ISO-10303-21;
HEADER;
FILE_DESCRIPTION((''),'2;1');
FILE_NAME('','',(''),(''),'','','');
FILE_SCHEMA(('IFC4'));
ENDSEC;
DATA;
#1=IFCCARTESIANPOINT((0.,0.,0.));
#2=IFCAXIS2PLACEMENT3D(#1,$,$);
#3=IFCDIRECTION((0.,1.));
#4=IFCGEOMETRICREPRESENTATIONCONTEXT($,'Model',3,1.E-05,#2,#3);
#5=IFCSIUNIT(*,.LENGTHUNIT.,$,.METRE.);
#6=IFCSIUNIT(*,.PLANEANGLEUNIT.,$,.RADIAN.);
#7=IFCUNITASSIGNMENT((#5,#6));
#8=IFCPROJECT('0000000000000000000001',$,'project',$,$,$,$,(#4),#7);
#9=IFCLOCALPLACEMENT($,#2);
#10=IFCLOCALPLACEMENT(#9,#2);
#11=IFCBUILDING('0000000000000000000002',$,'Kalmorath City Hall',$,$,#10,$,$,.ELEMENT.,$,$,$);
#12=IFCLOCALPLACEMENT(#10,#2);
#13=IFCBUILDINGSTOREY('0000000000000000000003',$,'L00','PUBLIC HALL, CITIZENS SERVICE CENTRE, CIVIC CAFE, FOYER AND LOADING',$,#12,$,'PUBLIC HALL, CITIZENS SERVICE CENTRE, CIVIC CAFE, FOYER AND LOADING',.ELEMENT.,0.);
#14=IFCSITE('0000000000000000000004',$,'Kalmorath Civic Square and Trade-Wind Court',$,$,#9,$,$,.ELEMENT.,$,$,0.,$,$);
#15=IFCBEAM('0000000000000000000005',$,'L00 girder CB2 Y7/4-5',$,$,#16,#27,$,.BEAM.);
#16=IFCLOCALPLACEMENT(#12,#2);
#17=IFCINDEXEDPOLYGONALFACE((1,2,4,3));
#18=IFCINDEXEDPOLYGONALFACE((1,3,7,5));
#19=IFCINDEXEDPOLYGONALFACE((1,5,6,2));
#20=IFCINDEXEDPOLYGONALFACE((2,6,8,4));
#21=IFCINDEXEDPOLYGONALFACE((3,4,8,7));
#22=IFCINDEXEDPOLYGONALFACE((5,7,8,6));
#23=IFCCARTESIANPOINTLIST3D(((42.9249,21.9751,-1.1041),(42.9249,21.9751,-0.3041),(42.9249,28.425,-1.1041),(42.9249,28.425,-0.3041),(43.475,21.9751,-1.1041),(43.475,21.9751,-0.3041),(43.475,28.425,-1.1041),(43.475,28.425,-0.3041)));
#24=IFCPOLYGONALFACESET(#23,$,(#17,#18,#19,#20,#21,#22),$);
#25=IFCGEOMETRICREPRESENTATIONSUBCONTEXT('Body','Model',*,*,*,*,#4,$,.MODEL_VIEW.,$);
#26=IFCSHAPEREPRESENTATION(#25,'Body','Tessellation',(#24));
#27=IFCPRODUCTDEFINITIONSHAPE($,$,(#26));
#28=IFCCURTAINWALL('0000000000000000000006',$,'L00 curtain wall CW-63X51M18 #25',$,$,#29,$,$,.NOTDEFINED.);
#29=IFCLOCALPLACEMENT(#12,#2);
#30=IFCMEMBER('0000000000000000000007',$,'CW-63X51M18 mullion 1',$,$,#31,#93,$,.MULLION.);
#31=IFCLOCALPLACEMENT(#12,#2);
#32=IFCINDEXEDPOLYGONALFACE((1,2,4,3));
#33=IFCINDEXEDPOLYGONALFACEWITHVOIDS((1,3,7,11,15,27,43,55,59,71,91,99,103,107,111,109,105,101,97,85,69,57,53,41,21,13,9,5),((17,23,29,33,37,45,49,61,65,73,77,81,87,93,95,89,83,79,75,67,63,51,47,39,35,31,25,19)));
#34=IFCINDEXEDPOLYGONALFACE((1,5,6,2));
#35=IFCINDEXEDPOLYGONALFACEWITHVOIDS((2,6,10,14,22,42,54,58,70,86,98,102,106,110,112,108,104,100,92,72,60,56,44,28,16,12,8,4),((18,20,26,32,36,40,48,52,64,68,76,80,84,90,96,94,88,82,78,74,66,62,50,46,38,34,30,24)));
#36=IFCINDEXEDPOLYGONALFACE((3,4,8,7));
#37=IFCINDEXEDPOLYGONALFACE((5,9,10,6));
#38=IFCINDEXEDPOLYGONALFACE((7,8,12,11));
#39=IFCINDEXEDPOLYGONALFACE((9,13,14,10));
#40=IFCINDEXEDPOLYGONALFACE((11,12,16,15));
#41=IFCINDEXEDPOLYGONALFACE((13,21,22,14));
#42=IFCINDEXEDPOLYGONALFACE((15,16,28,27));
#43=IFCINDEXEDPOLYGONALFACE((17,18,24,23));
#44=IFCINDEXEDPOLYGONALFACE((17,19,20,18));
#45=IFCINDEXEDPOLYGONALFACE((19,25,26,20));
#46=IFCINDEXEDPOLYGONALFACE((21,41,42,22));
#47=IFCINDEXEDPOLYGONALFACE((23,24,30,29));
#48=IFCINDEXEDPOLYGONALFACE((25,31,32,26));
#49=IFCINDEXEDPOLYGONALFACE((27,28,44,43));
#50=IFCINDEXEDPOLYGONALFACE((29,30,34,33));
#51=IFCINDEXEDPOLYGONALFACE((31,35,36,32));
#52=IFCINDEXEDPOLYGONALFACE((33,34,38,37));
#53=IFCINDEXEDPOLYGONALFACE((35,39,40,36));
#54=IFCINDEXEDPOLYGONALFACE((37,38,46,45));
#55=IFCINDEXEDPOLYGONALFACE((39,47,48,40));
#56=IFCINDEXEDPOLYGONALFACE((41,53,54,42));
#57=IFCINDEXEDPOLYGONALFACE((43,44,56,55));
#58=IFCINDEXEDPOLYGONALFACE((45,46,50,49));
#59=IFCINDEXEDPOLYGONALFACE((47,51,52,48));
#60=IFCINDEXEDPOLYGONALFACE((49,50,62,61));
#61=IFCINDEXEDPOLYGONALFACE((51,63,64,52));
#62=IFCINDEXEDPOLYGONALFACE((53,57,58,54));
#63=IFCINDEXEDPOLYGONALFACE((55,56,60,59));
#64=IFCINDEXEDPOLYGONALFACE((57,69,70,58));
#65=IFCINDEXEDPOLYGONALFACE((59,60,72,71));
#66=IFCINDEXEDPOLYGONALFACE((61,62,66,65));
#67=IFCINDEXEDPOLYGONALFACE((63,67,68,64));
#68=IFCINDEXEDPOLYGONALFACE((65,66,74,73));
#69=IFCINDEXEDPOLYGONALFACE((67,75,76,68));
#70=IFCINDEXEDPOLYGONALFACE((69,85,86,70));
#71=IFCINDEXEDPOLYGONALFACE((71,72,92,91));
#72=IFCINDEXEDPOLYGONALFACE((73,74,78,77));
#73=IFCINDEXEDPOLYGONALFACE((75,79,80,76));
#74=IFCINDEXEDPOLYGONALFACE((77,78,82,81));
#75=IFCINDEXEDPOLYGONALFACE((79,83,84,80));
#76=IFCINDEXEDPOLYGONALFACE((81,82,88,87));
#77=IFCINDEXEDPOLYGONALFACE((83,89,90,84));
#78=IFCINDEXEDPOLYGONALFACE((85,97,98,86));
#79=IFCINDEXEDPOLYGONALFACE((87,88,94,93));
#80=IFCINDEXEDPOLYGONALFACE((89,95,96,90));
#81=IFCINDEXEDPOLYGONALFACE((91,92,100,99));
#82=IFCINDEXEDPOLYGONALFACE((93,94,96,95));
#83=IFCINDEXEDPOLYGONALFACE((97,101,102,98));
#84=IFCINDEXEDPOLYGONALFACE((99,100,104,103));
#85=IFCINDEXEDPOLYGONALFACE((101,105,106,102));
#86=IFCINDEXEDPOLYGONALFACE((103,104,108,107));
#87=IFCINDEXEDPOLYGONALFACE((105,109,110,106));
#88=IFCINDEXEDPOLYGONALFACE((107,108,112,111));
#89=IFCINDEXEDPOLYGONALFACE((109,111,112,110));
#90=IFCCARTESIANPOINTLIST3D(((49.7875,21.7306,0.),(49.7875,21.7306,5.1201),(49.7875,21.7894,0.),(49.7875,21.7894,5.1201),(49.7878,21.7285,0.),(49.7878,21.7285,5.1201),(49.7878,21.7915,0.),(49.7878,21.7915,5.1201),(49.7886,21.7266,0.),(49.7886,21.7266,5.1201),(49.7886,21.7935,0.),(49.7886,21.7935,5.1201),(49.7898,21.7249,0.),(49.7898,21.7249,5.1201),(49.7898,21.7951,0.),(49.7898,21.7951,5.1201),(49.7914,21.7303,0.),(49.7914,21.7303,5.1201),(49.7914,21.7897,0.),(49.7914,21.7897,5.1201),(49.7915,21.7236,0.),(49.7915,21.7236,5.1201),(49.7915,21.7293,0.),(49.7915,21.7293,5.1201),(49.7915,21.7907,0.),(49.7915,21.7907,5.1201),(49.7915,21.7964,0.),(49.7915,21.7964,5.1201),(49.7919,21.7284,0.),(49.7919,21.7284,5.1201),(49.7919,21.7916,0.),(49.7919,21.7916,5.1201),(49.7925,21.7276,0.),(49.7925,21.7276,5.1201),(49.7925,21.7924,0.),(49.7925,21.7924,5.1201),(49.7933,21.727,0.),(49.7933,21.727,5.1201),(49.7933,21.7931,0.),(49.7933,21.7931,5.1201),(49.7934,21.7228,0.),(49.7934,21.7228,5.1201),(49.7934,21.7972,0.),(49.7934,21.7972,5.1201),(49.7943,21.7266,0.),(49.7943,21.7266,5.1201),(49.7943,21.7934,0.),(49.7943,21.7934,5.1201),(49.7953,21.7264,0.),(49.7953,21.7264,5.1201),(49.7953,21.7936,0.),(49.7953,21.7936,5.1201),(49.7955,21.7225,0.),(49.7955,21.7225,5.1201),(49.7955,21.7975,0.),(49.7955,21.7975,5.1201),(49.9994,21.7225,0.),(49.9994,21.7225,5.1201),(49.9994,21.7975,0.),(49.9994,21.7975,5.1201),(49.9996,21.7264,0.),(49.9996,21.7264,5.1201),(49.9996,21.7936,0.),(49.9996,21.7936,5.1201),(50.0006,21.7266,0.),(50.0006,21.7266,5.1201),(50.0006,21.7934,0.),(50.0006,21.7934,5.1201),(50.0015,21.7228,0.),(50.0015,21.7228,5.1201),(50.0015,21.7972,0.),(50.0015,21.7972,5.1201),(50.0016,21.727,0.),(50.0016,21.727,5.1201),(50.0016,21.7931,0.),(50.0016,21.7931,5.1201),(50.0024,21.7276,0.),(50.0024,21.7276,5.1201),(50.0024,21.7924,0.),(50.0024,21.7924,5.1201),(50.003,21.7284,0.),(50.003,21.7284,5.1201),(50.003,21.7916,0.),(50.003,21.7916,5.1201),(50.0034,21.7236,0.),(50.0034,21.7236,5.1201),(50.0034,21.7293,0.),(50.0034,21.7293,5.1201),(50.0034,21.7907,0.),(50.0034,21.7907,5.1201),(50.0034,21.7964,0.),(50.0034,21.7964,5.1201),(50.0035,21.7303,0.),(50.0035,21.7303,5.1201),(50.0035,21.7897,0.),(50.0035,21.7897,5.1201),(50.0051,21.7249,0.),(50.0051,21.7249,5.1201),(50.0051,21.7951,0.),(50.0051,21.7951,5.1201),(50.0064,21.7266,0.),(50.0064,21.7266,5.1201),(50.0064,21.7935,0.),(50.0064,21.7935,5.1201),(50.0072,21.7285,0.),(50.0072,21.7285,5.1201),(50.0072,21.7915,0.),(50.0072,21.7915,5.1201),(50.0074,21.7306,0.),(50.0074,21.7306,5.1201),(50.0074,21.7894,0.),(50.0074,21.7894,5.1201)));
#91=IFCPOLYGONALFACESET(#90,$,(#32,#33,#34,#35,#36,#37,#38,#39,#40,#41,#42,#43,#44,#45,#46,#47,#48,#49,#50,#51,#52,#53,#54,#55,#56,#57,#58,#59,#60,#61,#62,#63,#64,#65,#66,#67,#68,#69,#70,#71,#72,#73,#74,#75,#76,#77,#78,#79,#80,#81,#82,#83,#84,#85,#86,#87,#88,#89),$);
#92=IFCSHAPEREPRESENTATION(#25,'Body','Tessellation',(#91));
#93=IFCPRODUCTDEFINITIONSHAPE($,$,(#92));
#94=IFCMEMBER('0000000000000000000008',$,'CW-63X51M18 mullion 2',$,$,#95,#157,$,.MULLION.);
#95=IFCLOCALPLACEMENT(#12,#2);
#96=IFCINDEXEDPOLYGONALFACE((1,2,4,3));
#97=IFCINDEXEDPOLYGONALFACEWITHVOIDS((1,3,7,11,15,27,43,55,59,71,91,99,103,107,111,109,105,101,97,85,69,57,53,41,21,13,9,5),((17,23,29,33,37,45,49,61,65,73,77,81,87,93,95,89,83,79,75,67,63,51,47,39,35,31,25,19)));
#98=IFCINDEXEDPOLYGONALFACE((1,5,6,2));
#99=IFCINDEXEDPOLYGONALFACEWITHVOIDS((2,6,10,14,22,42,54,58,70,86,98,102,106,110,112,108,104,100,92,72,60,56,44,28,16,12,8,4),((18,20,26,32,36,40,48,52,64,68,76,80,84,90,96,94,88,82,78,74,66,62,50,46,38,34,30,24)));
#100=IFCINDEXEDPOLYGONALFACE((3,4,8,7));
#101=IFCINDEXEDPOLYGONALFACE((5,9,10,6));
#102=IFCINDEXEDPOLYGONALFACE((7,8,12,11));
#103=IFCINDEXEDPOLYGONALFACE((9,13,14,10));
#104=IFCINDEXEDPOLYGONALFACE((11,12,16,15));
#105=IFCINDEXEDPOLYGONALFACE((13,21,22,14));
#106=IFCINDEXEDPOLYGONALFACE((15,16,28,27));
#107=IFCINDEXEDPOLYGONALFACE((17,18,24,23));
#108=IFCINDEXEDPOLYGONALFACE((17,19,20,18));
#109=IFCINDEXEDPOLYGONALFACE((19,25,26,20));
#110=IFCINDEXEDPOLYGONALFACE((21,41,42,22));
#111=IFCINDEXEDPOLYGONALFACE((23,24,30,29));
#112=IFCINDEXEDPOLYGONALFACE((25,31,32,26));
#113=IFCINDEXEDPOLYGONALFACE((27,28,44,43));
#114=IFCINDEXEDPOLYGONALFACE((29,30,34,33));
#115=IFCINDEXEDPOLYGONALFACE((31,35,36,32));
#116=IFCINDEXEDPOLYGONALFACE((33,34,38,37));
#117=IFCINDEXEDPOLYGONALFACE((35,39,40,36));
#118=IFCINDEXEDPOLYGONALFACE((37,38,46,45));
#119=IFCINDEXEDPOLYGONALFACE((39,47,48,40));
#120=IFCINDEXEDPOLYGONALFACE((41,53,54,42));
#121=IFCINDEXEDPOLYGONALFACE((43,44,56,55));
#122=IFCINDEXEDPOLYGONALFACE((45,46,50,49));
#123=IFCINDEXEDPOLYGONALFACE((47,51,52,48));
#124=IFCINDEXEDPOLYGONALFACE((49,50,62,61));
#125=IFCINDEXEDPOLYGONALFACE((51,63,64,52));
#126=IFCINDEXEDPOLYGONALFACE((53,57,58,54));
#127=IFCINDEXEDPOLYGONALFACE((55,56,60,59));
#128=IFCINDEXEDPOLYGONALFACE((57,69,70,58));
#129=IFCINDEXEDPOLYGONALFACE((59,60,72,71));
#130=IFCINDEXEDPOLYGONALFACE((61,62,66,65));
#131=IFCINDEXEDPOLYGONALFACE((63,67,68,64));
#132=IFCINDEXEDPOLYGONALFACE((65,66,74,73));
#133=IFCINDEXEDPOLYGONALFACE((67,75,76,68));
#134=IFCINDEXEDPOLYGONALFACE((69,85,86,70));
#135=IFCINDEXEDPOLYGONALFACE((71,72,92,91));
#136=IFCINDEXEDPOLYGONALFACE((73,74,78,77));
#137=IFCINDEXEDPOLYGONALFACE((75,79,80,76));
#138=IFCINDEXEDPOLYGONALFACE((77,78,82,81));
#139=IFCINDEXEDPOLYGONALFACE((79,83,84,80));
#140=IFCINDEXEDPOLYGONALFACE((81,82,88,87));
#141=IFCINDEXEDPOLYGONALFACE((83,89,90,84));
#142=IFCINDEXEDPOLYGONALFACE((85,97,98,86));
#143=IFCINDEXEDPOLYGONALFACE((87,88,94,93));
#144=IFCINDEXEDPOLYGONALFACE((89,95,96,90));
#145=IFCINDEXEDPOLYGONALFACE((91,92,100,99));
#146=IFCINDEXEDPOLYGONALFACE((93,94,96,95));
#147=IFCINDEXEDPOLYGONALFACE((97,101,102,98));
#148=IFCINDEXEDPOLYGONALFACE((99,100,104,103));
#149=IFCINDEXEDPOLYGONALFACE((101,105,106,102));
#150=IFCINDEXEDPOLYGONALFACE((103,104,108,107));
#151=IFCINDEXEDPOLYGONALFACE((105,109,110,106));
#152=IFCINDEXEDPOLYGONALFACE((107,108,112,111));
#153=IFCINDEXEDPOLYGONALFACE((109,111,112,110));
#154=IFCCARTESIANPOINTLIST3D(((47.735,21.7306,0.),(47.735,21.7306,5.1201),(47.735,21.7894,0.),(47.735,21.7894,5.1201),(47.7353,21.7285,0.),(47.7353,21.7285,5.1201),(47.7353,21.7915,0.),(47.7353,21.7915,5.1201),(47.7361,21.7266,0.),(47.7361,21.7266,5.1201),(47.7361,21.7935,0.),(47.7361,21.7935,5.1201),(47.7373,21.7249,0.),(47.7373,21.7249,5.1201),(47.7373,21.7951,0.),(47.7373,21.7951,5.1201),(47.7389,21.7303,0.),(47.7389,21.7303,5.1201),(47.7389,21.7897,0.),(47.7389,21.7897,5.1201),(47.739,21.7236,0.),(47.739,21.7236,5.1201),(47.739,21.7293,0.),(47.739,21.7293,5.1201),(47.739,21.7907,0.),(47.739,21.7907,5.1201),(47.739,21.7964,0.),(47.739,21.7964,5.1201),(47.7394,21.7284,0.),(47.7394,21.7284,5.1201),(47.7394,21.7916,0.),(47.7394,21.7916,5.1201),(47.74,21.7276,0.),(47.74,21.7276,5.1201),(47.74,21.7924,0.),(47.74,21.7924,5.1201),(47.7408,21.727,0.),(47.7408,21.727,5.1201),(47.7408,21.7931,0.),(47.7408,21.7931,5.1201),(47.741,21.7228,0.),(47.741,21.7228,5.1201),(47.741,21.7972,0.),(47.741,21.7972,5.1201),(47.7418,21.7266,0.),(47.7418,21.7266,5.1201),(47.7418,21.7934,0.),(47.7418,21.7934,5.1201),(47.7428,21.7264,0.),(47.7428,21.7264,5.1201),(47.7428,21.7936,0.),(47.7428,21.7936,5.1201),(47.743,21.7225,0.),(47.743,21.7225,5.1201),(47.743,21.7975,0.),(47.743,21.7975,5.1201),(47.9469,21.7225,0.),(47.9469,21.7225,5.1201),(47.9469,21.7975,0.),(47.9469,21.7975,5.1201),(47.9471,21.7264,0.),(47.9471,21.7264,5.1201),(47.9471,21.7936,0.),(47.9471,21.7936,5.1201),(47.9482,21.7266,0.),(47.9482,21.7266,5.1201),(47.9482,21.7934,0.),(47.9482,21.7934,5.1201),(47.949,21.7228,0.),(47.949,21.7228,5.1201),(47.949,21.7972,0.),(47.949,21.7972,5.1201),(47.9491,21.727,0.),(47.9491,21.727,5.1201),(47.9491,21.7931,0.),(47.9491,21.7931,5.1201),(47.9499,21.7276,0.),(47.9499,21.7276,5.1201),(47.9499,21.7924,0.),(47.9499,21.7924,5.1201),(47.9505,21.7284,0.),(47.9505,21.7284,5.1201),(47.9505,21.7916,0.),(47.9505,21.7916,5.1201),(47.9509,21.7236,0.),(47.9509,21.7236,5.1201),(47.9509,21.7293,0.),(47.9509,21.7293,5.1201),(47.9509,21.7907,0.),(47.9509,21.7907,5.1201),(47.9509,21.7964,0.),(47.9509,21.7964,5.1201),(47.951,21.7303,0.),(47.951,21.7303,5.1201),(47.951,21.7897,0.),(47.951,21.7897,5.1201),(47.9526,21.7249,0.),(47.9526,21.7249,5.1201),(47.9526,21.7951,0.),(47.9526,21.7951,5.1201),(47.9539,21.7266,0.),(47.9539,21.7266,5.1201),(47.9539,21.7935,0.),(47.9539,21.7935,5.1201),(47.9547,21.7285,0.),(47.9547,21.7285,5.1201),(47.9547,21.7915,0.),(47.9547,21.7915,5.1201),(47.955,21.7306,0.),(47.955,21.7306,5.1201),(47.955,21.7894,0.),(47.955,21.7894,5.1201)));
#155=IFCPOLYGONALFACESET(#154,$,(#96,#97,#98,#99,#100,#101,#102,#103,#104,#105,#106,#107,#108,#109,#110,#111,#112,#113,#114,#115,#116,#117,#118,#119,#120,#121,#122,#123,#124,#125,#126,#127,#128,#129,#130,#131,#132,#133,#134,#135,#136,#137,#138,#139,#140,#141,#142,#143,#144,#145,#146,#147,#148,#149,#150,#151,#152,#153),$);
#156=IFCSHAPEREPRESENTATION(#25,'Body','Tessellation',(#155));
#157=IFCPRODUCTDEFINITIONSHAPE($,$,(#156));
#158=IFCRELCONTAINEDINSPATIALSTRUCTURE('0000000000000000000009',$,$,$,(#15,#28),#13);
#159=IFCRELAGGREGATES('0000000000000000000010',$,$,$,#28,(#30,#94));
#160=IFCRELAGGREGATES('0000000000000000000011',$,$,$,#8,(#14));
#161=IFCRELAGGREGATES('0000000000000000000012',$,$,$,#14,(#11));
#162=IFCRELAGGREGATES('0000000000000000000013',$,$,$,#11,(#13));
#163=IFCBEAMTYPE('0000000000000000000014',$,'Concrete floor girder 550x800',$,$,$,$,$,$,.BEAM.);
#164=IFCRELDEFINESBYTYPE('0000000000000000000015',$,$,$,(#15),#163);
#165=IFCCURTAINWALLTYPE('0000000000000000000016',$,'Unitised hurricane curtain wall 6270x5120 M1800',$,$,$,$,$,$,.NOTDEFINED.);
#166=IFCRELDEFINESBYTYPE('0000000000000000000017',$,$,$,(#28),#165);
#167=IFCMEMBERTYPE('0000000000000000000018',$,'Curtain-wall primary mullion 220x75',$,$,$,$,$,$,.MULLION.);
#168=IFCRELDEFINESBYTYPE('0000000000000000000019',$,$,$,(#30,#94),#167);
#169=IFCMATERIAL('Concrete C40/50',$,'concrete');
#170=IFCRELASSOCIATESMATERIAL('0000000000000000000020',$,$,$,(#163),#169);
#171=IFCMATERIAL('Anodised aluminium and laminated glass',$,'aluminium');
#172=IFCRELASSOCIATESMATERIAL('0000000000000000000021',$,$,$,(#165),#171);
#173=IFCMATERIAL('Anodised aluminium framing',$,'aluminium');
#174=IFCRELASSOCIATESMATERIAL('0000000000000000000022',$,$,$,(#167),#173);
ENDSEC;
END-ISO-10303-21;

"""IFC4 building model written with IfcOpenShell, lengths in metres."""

from ifc_helpers import new_model, si_unit, direction, frame, origin, origin_2d, place, context, subcontext, project, spatial, rectangle, hollow_rectangle, extrude, material, material_profile, profile_set, type_object, element, aggregate, save


model = new_model("IFC4")

# Units and contexts
model_context = context("Model", 3, precision=1e-05, world=origin(), true_north=direction((0.0, 1.0)))
body_context = subcontext(model_context, "Body", "Model", "MODEL_VIEW")
ifc_project = project(units=[si_unit("LENGTHUNIT", "METRE"), si_unit("PLANEANGLEUNIT", "RADIAN")], contexts=[model_context])

# Site, building, storey
site_placement = place(None, origin())
site = spatial("IfcSite", under=ifc_project, at=site_placement, Name="Kalmorath Civic Square and Trade-Wind Court", CompositionType="ELEMENT", RefElevation=0.0)
building_placement = place(site_placement, origin())
building = spatial("IfcBuilding", under=site, at=building_placement, Name="Kalmorath City Hall", CompositionType="ELEMENT")
storey_placement = place(building_placement, origin())
storey = spatial("IfcBuildingStorey", under=building, at=storey_placement, Name="L00", Description="PUBLIC HALL, CITIZENS SERVICE CENTRE, CIVIC CAFE, FOYER AND LOADING", LongName="PUBLIC HALL, CITIZENS SERVICE CENTRE, CIVIC CAFE, FOYER AND LOADING", CompositionType="ELEMENT", Elevation=0.0)

# Beam
ifc_material_1 = material(Name="Concrete C40/50", Category="concrete")
ifc_material_profile_1 = material_profile(ifc_material_1, rectangle(XDim=0.55, YDim=0.8, at=origin_2d()), Name="RC-BM-550X800")
ifc_profile_set_1 = profile_set([ifc_material_profile_1], Name="Concrete C40/50")
beam_type_1 = type_object("IfcBeamType", Name="Concrete floor girder 550x800", PredefinedType="BEAM", material=ifc_profile_set_1)
beam_1_placement = place(storey_placement, frame((43.2, 21.9751, -0.7041), z_axis=(0.0, 1.0, 0.0), x_axis=(-1.0, 0.0, 0.0)))
element("IfcBeam", 1, at=beam_1_placement, inside=storey, type_object=beam_type_1, Name="L00 girder CB2 Y7/4-5", PredefinedType="BEAM", context=body_context, shape_type="SweptSolid", body=[
    extrude(rectangle(XDim=0.55, YDim=0.8, at=origin_2d()), origin(), (0.0, 0.0, 1.0), 6.45),
])

# Curtain wall, members
ifc_material_2 = material(Name="Anodised aluminium and laminated glass", Category="aluminium")
curtain_wall_type = type_object("IfcCurtainWallType", Name="Unitised hurricane curtain wall 6270x5120 M1800", PredefinedType="NOTDEFINED", material=ifc_material_2)
curtain_wall_placement = place(storey_placement, origin())
curtain_wall = element("IfcCurtainWall", 2, at=curtain_wall_placement, inside=storey, type_object=curtain_wall_type, Name="L00 curtain wall CW-63X51M18 #25", PredefinedType="NOTDEFINED")
ifc_material_3 = material(Name="Anodised aluminium framing", Category="aluminium")
ifc_material_profile_2 = material_profile(ifc_material_3, hollow_rectangle(XDim=0.075, YDim=0.22, WallThickness=0.0039, InnerFilletRadius=0.0039, OuterFilletRadius=0.0081, at=origin_2d()), Name="ALU-MUL-220X75X4")
ifc_profile_set_2 = profile_set([ifc_material_profile_2], Name="Anodised aluminium framing")
member_type_1 = type_object("IfcMemberType", Name="Curtain-wall primary mullion 220x75", PredefinedType="MULLION", material=ifc_profile_set_2)
member_1_placement = place(storey_placement, frame((49.8975, 21.76, 0.0), z_axis=(0.0, 0.0, 1.0), x_axis=(0.0, -1.0, 0.0)))
member_1 = element("IfcMember", 3, at=member_1_placement, type_object=member_type_1, Name="CW-63X51M18 mullion 1", PredefinedType="MULLION", context=body_context, shape_type="SweptSolid", body=[
    extrude(hollow_rectangle(XDim=0.075, YDim=0.22, WallThickness=0.0039, InnerFilletRadius=0.0039, OuterFilletRadius=0.0081, at=origin_2d()), origin(), (0.0, 0.0, 1.0), 5.1201),
])
member_2_placement = place(storey_placement, frame((47.845, 21.76, 0.0), z_axis=(0.0, 0.0, 1.0), x_axis=(0.0, -1.0, 0.0)))
member_2 = element("IfcMember", 4, at=member_2_placement, type_object=member_type_1, Name="CW-63X51M18 mullion 2", PredefinedType="MULLION", context=body_context, shape_type="SweptSolid", body=[
    extrude(hollow_rectangle(XDim=0.075, YDim=0.22, WallThickness=0.0039, InnerFilletRadius=0.0039, OuterFilletRadius=0.0081, at=origin_2d()), origin(), (0.0, 0.0, 1.0), 5.1201),
])

aggregate(curtain_wall, [member_1, member_2])

save(model, "model.ifc")
